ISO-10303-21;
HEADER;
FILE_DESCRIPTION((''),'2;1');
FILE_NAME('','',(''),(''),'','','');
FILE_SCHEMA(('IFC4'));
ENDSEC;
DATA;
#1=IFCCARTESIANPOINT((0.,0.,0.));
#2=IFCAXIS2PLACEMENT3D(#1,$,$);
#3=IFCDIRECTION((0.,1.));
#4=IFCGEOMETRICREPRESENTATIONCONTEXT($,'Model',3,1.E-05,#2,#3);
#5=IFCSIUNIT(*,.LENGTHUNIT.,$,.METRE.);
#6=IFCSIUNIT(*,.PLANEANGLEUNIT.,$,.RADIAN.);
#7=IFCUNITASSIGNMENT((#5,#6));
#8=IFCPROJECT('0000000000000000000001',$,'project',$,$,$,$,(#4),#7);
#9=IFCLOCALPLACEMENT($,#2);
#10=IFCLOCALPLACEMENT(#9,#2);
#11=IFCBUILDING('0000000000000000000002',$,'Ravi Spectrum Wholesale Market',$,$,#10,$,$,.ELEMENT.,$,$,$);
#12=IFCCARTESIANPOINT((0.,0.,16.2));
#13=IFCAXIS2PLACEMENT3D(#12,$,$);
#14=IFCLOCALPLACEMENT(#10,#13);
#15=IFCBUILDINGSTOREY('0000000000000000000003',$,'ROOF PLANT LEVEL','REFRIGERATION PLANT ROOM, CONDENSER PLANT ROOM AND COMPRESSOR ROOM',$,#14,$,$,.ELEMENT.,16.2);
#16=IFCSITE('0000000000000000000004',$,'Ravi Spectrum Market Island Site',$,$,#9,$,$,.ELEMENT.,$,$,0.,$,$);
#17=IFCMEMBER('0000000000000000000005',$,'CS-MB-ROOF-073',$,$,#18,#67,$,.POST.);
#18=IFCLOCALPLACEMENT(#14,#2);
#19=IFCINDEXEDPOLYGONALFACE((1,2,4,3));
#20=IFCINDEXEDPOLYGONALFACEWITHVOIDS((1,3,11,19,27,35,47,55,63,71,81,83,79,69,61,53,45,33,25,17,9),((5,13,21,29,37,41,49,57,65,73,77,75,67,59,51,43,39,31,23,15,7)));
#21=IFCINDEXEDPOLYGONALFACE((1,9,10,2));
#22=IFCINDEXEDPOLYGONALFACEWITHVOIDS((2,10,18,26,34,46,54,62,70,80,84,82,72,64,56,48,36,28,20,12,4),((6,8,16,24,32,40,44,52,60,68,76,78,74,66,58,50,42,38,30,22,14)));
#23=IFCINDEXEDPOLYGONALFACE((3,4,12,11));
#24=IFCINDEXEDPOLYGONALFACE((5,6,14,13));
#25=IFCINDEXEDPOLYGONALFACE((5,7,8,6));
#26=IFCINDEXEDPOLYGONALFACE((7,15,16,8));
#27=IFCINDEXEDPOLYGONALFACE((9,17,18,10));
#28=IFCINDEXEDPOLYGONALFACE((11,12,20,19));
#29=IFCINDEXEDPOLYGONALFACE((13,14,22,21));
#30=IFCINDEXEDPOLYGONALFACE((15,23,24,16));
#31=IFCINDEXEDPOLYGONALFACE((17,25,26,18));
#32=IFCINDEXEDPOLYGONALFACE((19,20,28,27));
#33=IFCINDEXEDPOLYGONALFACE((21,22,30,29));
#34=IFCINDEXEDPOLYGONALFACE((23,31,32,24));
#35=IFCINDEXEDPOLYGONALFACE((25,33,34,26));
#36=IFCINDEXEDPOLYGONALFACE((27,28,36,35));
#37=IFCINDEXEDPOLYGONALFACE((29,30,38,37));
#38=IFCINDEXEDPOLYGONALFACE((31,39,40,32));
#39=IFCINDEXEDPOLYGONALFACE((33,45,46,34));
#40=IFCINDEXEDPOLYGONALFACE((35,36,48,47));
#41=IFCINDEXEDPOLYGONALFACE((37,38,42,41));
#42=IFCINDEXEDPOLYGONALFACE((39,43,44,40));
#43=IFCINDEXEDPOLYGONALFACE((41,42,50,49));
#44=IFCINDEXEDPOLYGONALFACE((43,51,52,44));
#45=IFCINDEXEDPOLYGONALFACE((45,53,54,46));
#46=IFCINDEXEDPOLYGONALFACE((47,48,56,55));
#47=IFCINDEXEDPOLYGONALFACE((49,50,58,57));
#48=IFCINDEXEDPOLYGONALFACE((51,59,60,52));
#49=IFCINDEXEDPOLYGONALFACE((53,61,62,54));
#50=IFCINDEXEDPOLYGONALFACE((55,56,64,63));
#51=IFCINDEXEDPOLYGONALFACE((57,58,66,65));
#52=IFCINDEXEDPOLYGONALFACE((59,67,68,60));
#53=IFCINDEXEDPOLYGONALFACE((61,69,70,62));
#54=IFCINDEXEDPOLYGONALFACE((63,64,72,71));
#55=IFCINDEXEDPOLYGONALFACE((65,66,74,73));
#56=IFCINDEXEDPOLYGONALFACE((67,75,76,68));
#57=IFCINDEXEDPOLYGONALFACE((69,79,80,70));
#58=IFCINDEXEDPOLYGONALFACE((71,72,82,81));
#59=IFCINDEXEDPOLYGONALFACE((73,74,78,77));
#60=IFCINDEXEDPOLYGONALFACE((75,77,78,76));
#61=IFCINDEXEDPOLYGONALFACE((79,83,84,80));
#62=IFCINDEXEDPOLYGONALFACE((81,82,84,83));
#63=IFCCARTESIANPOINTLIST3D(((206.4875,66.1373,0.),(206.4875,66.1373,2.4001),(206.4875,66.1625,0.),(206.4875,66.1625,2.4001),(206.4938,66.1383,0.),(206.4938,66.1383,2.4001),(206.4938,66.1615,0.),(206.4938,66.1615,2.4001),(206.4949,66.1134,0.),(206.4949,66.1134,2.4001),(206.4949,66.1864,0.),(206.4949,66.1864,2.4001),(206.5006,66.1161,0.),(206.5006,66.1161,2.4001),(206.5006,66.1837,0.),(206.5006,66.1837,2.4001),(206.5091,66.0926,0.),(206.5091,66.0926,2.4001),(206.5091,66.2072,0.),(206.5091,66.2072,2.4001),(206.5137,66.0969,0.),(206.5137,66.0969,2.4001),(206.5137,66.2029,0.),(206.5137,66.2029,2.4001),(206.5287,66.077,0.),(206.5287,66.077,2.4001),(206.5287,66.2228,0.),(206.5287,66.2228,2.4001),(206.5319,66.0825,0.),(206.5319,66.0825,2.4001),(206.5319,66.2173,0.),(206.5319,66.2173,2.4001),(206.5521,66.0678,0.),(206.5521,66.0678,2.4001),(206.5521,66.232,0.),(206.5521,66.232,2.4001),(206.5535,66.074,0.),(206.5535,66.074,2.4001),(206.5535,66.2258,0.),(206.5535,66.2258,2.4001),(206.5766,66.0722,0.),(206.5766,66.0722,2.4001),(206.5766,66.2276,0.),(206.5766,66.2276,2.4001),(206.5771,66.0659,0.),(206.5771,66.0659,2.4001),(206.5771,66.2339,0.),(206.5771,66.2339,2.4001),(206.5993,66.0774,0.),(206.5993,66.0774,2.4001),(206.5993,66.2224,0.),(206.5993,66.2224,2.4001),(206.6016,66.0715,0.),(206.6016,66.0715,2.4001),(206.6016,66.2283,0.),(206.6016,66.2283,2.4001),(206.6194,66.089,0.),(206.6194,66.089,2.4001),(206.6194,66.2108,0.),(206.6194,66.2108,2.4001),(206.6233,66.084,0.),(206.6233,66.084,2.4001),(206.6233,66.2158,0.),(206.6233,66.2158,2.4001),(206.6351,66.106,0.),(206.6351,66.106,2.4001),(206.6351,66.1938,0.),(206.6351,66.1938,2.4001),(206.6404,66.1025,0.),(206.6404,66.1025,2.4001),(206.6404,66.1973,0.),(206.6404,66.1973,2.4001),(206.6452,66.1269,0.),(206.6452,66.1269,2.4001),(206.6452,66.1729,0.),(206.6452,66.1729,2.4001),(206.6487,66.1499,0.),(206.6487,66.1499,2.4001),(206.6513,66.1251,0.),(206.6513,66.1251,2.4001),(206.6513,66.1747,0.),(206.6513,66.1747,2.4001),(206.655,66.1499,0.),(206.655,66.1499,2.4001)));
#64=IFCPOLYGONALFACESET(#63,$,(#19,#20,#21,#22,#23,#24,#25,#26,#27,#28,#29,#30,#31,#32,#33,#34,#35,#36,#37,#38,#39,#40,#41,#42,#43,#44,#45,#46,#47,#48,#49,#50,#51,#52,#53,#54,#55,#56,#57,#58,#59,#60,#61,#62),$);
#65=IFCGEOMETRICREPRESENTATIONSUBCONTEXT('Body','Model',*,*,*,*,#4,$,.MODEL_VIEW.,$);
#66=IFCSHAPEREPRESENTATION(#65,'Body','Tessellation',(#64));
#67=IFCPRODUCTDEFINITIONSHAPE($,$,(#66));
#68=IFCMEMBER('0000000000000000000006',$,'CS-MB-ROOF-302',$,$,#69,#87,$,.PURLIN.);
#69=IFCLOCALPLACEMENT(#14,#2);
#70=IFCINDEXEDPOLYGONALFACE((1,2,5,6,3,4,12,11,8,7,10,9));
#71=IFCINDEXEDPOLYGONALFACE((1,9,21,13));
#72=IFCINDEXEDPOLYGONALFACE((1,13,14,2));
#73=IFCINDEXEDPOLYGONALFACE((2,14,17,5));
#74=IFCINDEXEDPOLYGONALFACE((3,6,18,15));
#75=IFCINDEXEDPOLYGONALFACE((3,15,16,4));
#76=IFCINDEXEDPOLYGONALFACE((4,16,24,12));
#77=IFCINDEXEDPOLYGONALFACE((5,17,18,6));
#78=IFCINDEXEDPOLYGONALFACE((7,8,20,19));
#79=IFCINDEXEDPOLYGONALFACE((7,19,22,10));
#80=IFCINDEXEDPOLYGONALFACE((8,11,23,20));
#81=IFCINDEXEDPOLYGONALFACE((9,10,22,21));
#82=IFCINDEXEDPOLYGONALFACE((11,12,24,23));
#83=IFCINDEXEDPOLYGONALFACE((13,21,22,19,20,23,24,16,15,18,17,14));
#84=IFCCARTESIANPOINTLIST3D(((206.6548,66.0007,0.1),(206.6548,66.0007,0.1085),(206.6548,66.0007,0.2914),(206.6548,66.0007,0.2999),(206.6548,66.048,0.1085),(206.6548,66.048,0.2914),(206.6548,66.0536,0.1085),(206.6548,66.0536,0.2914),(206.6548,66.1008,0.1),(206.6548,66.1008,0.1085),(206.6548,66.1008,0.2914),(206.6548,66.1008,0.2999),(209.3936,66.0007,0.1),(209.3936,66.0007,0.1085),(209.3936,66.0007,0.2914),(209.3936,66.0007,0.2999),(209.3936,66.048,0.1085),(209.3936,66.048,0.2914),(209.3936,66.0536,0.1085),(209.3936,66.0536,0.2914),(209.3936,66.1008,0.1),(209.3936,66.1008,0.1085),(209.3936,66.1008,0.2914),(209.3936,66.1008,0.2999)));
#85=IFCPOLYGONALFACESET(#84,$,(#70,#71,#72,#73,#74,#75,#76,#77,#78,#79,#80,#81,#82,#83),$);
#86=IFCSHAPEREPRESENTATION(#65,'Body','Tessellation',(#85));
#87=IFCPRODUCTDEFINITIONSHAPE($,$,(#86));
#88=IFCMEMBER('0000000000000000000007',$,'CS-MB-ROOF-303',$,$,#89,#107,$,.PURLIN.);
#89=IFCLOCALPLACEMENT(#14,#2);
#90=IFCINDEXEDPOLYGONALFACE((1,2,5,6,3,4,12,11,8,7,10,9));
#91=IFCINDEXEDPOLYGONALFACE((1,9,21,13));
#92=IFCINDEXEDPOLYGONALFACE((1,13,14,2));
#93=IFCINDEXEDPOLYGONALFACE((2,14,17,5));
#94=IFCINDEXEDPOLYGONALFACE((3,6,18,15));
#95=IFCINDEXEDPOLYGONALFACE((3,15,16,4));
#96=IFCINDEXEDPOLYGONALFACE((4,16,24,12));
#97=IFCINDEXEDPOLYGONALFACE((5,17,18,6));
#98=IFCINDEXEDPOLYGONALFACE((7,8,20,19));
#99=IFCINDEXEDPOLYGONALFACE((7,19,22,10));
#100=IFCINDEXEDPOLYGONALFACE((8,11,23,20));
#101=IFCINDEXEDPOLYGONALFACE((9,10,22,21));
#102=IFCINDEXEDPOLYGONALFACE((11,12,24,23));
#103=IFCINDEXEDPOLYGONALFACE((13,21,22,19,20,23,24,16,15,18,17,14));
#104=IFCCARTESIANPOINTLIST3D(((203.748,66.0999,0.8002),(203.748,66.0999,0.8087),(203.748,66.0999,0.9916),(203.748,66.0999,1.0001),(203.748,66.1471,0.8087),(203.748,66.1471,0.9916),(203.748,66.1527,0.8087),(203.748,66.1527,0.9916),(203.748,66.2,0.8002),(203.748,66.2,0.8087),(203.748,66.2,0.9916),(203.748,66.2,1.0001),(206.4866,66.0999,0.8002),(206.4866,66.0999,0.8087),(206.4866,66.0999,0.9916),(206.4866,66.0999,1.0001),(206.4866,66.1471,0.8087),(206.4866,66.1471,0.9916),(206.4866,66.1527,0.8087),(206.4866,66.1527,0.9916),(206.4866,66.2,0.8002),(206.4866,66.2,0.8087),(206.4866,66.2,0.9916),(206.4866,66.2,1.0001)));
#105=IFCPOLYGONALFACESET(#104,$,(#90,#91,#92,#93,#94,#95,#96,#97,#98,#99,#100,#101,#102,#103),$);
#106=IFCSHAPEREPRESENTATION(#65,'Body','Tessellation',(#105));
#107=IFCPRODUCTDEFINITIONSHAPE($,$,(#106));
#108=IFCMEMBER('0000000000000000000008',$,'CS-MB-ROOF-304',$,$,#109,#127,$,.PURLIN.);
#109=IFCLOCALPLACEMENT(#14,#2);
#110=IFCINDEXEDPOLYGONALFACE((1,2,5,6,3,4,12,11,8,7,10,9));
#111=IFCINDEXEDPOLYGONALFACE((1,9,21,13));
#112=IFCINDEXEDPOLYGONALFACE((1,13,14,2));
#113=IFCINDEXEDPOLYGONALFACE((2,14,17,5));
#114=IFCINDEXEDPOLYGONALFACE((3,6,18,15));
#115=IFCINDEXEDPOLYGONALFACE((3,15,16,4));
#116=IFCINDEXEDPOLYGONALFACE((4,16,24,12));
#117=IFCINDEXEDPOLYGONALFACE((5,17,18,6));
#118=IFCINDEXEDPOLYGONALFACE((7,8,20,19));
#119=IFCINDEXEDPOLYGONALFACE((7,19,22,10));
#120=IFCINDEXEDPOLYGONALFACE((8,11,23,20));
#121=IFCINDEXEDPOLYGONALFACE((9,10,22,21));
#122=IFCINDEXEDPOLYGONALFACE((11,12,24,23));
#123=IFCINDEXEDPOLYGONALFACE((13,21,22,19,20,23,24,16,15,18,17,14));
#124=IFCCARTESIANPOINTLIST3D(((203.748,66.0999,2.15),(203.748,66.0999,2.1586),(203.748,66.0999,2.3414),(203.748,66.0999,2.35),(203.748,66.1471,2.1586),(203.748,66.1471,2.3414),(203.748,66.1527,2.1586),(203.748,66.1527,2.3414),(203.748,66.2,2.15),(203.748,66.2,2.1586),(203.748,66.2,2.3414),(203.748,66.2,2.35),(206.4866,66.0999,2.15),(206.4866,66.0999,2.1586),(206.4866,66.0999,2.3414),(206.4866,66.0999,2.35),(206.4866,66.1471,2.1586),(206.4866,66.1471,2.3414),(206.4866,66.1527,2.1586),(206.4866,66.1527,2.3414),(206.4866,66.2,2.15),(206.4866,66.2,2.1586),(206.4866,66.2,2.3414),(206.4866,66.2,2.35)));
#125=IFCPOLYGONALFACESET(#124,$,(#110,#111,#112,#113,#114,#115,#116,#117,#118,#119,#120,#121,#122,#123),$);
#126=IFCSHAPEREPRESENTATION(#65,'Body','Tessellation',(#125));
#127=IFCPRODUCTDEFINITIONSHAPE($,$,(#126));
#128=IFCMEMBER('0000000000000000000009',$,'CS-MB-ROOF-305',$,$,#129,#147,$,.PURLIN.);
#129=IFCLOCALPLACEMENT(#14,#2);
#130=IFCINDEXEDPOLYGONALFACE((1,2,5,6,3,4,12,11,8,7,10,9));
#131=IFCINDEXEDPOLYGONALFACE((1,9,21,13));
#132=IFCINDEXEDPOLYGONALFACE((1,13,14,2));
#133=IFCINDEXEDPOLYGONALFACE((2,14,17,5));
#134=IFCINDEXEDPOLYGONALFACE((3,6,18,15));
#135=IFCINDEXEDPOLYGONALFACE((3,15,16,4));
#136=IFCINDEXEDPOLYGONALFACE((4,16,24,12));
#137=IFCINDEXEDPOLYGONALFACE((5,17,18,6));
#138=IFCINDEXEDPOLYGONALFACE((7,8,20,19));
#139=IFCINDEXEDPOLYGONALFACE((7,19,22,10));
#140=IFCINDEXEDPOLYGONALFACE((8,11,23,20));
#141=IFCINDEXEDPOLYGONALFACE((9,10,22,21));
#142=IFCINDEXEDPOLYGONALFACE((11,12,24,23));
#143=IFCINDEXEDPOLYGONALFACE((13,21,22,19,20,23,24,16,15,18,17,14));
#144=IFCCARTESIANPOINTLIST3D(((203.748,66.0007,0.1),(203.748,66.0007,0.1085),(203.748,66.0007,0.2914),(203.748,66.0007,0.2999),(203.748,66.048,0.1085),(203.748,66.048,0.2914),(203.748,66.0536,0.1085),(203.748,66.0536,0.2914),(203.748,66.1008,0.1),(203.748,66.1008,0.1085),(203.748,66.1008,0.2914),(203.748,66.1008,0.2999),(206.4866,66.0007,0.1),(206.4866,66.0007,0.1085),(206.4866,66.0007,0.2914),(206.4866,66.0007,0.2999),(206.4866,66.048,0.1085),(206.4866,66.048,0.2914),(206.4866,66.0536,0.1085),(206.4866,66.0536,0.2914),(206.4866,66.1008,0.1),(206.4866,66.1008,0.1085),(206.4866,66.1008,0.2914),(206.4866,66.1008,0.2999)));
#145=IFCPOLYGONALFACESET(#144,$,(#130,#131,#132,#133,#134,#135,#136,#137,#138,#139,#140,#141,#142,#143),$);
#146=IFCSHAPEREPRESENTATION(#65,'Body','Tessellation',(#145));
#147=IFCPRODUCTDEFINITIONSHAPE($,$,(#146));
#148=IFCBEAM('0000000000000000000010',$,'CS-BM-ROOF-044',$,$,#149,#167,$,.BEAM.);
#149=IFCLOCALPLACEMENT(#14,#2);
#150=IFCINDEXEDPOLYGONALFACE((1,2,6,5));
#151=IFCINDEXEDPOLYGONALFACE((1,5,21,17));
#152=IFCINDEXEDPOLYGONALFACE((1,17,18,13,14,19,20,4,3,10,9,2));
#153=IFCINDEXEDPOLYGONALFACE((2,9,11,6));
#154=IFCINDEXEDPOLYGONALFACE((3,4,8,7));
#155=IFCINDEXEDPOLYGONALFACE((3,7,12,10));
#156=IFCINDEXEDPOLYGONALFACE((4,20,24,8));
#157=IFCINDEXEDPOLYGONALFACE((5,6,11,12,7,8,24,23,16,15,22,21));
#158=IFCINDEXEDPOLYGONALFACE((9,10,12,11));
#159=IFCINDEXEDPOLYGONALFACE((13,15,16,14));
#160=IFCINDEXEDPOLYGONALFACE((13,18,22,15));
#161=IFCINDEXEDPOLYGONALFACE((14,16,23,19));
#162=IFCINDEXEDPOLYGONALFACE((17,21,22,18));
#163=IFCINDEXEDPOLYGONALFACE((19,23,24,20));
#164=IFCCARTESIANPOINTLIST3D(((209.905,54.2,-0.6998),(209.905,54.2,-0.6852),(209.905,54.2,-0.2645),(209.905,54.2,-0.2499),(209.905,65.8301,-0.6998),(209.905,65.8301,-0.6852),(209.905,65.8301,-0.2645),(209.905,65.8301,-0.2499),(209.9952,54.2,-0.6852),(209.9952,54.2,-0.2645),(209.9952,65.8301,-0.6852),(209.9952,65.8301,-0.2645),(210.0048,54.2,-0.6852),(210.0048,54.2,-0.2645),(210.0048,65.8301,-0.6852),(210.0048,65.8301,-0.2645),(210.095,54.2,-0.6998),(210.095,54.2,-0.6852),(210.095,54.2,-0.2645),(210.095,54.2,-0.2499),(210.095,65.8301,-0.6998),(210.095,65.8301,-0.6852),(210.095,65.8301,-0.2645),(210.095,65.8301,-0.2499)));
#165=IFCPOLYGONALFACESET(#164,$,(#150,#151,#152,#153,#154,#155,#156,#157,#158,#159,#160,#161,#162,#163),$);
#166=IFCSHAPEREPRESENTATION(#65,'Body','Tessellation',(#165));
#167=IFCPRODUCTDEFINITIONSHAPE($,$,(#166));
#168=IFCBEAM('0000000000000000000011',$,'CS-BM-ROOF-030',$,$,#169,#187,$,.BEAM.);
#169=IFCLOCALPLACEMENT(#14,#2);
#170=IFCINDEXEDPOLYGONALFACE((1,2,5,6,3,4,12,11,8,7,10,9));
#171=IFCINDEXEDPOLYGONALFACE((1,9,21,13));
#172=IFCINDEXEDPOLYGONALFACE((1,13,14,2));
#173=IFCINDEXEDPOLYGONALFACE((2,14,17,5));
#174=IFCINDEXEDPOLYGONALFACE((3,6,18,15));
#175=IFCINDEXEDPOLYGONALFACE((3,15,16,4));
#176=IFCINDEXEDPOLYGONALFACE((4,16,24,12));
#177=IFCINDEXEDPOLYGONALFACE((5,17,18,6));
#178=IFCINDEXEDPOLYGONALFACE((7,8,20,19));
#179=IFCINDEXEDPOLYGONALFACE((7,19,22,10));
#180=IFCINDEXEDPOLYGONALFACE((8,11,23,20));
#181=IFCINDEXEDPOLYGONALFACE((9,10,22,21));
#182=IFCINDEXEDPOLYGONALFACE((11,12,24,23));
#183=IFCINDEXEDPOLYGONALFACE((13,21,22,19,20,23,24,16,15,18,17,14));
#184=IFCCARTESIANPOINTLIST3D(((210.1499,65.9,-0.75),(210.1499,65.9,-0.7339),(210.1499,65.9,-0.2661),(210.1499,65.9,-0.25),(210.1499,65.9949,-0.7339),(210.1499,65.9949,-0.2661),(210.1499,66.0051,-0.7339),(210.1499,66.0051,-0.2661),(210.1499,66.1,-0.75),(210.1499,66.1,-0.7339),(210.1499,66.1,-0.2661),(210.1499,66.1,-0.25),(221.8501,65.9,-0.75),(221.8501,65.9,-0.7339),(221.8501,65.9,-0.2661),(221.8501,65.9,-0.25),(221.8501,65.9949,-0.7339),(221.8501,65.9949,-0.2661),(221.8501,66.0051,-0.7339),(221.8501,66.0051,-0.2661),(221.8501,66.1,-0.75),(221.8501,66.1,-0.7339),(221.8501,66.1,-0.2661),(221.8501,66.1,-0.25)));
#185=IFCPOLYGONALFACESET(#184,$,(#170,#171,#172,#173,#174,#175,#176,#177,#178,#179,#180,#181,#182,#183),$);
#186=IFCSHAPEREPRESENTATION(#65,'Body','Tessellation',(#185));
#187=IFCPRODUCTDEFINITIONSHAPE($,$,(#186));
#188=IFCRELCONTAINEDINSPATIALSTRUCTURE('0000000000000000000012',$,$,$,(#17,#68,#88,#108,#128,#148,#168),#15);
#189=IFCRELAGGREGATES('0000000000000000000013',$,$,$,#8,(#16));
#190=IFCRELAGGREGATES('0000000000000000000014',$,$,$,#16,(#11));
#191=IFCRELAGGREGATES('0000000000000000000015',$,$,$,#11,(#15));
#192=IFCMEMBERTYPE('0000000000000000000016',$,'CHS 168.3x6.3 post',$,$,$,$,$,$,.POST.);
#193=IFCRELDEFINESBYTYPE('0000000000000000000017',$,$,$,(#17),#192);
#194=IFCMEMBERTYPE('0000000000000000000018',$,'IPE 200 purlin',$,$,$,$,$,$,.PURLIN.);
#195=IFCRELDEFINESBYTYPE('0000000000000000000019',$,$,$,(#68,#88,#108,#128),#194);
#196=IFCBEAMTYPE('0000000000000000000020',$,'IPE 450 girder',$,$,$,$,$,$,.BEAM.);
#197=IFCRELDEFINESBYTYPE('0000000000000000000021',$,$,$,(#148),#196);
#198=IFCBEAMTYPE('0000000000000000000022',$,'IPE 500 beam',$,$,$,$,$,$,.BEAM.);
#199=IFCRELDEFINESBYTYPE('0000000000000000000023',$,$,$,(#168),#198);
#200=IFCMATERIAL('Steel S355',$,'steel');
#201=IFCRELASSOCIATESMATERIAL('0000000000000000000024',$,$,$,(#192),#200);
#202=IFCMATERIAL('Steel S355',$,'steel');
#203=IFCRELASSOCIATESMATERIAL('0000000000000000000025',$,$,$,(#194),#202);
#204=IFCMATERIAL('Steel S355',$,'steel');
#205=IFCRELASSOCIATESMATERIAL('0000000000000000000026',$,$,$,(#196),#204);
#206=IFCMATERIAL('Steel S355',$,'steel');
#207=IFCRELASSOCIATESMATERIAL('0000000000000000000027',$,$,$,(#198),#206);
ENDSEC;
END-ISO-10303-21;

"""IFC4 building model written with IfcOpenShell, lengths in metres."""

from ifc_helpers import new_model, si_unit, direction, frame, origin, origin_2d, place, context, subcontext, project, spatial, hollow_circle, i_section, extrude, material, material_profile, profile_set, type_object, element, save


model = new_model("IFC4")

# Units and contexts
model_context = context("Model", 3, precision=1e-05, world=origin(), true_north=direction((0.0, 1.0)))
body_context = subcontext(model_context, "Body", "Model", "MODEL_VIEW")
ifc_project = project(units=[si_unit("LENGTHUNIT", "METRE"), si_unit("PLANEANGLEUNIT", "RADIAN")], contexts=[model_context])

# Site, building, storey
site_placement = place(None, origin())
site = spatial("IfcSite", under=ifc_project, at=site_placement, Name="Ravi Spectrum Market Island Site", CompositionType="ELEMENT", RefElevation=0.0)
building_placement = place(site_placement, origin())
building = spatial("IfcBuilding", under=site, at=building_placement, Name="Ravi Spectrum Wholesale Market", CompositionType="ELEMENT")
storey_placement = place(building_placement, frame((0.0, 0.0, 16.2)))
storey = spatial("IfcBuildingStorey", under=building, at=storey_placement, Name="ROOF PLANT LEVEL", Description="REFRIGERATION PLANT ROOM, CONDENSER PLANT ROOM AND COMPRESSOR ROOM", CompositionType="ELEMENT", Elevation=16.2)

# Members
ifc_material_1 = material(Name="Steel S355", Category="steel")
ifc_material_profile_1 = material_profile(ifc_material_1, hollow_circle(Radius=0.0842, WallThickness=0.0063, at=origin_2d()))
ifc_profile_set_1 = profile_set([ifc_material_profile_1], Name="Steel S355")
member_type_1 = type_object("IfcMemberType", Name="CHS 168.3x6.3 post", PredefinedType="POST", material=ifc_profile_set_1)
member_1_placement = place(storey_placement, frame((206.5708, 66.1499, 0.0), z_axis=(0.0, 0.0, 1.0), x_axis=(1.0, 0.0, 0.0)))
element("IfcMember", 1, at=member_1_placement, inside=storey, type_object=member_type_1, Name="CS-MB-ROOF-073", PredefinedType="POST", context=body_context, shape_type="SweptSolid", body=[
    extrude(hollow_circle(Radius=0.0842, WallThickness=0.0063, at=origin_2d()), origin(), (0.0, 0.0, 1.0), 2.4001),
])
ifc_material_2 = material(Name="Steel S355", Category="steel")
ifc_material_profile_2 = material_profile(ifc_material_2, i_section(OverallWidth=0.1001, OverallDepth=0.2, WebThickness=0.0056, FlangeThickness=0.0085, at=origin_2d()))
ifc_profile_set_2 = profile_set([ifc_material_profile_2], Name="Steel S355")
member_type_2 = type_object("IfcMemberType", Name="IPE 200 purlin", PredefinedType="PURLIN", material=ifc_profile_set_2)
member_2_placement = place(storey_placement, frame((209.3936, 66.0508, 0.2), z_axis=(-1.0, 0.0, 0.0), x_axis=(0.0, -1.0, 0.0)))
element("IfcMember", 2, at=member_2_placement, inside=storey, type_object=member_type_2, Name="CS-MB-ROOF-302", PredefinedType="PURLIN", context=body_context, shape_type="SweptSolid", body=[
    extrude(i_section(OverallWidth=0.1001, OverallDepth=0.2, WebThickness=0.0056, FlangeThickness=0.0085, at=origin_2d()), origin(), (0.0, 0.0, 1.0), 2.7388),
])
for number, where, z_axis, x_axis, name in (
    (3, (206.4866, 66.1499, 0.9001), (-1.0, 0.0, 0.0), (0.0, -1.0, 0.0), "CS-MB-ROOF-303"),
    (4, (206.4866, 66.1499, 2.25), (-1.0, 0.0, 0.0), (0.0, -1.0, 0.0), "CS-MB-ROOF-304"),
    (5, (206.4866, 66.0508, 0.2), (-1.0, 0.0, 0.0), (0.0, -1.0, 0.0), "CS-MB-ROOF-305"),
):
    element("IfcMember", number, at=place(storey_placement, frame(where, z_axis=z_axis, x_axis=x_axis)), inside=storey, type_object=member_type_2, Name=name, PredefinedType="PURLIN", context=body_context, shape_type="SweptSolid", body=[
        extrude(i_section(OverallWidth=0.1001, OverallDepth=0.2, WebThickness=0.0056, FlangeThickness=0.0085, at=origin_2d()), origin(), (0.0, 0.0, 1.0), 2.7385),
    ])

# Beams
ifc_material_3 = material(Name="Steel S355", Category="steel")
ifc_material_profile_3 = material_profile(ifc_material_3, i_section(OverallWidth=0.1899, OverallDepth=0.45, WebThickness=0.0095, FlangeThickness=0.0146, at=origin_2d()))
ifc_profile_set_3 = profile_set([ifc_material_profile_3], Name="Steel S355")
beam_type_1 = type_object("IfcBeamType", Name="IPE 450 girder", PredefinedType="BEAM", material=ifc_profile_set_3)
beam_1_placement = place(storey_placement, frame((210.0, 54.2, -0.4749), z_axis=(0.0, 1.0, 0.0), x_axis=(-1.0, 0.0, 0.0)))
element("IfcBeam", 6, at=beam_1_placement, inside=storey, type_object=beam_type_1, Name="CS-BM-ROOF-044", PredefinedType="BEAM", context=body_context, shape_type="SweptSolid", body=[
    extrude(i_section(OverallWidth=0.1899, OverallDepth=0.45, WebThickness=0.0095, FlangeThickness=0.0146, at=origin_2d()), origin(), (0.0, 0.0, 1.0), 11.6301),
])
ifc_material_4 = material(Name="Steel S355", Category="steel")
ifc_material_profile_4 = material_profile(ifc_material_4, i_section(OverallWidth=0.2, OverallDepth=0.5, WebThickness=0.0103, FlangeThickness=0.0161, at=origin_2d()))
ifc_profile_set_4 = profile_set([ifc_material_profile_4], Name="Steel S355")
beam_type_2 = type_object("IfcBeamType", Name="IPE 500 beam", PredefinedType="BEAM", material=ifc_profile_set_4)
beam_2_placement = place(storey_placement, frame((210.1499, 66.0, -0.5), z_axis=(1.0, 0.0, 0.0), x_axis=(0.0, 1.0, 0.0)))
element("IfcBeam", 7, at=beam_2_placement, inside=storey, type_object=beam_type_2, Name="CS-BM-ROOF-030", PredefinedType="BEAM", context=body_context, shape_type="SweptSolid", body=[
    extrude(i_section(OverallWidth=0.2, OverallDepth=0.5, WebThickness=0.0103, FlangeThickness=0.0161, at=origin_2d()), origin(), (0.0, 0.0, 1.0), 11.7002),
])

save(model, "model.ifc")
